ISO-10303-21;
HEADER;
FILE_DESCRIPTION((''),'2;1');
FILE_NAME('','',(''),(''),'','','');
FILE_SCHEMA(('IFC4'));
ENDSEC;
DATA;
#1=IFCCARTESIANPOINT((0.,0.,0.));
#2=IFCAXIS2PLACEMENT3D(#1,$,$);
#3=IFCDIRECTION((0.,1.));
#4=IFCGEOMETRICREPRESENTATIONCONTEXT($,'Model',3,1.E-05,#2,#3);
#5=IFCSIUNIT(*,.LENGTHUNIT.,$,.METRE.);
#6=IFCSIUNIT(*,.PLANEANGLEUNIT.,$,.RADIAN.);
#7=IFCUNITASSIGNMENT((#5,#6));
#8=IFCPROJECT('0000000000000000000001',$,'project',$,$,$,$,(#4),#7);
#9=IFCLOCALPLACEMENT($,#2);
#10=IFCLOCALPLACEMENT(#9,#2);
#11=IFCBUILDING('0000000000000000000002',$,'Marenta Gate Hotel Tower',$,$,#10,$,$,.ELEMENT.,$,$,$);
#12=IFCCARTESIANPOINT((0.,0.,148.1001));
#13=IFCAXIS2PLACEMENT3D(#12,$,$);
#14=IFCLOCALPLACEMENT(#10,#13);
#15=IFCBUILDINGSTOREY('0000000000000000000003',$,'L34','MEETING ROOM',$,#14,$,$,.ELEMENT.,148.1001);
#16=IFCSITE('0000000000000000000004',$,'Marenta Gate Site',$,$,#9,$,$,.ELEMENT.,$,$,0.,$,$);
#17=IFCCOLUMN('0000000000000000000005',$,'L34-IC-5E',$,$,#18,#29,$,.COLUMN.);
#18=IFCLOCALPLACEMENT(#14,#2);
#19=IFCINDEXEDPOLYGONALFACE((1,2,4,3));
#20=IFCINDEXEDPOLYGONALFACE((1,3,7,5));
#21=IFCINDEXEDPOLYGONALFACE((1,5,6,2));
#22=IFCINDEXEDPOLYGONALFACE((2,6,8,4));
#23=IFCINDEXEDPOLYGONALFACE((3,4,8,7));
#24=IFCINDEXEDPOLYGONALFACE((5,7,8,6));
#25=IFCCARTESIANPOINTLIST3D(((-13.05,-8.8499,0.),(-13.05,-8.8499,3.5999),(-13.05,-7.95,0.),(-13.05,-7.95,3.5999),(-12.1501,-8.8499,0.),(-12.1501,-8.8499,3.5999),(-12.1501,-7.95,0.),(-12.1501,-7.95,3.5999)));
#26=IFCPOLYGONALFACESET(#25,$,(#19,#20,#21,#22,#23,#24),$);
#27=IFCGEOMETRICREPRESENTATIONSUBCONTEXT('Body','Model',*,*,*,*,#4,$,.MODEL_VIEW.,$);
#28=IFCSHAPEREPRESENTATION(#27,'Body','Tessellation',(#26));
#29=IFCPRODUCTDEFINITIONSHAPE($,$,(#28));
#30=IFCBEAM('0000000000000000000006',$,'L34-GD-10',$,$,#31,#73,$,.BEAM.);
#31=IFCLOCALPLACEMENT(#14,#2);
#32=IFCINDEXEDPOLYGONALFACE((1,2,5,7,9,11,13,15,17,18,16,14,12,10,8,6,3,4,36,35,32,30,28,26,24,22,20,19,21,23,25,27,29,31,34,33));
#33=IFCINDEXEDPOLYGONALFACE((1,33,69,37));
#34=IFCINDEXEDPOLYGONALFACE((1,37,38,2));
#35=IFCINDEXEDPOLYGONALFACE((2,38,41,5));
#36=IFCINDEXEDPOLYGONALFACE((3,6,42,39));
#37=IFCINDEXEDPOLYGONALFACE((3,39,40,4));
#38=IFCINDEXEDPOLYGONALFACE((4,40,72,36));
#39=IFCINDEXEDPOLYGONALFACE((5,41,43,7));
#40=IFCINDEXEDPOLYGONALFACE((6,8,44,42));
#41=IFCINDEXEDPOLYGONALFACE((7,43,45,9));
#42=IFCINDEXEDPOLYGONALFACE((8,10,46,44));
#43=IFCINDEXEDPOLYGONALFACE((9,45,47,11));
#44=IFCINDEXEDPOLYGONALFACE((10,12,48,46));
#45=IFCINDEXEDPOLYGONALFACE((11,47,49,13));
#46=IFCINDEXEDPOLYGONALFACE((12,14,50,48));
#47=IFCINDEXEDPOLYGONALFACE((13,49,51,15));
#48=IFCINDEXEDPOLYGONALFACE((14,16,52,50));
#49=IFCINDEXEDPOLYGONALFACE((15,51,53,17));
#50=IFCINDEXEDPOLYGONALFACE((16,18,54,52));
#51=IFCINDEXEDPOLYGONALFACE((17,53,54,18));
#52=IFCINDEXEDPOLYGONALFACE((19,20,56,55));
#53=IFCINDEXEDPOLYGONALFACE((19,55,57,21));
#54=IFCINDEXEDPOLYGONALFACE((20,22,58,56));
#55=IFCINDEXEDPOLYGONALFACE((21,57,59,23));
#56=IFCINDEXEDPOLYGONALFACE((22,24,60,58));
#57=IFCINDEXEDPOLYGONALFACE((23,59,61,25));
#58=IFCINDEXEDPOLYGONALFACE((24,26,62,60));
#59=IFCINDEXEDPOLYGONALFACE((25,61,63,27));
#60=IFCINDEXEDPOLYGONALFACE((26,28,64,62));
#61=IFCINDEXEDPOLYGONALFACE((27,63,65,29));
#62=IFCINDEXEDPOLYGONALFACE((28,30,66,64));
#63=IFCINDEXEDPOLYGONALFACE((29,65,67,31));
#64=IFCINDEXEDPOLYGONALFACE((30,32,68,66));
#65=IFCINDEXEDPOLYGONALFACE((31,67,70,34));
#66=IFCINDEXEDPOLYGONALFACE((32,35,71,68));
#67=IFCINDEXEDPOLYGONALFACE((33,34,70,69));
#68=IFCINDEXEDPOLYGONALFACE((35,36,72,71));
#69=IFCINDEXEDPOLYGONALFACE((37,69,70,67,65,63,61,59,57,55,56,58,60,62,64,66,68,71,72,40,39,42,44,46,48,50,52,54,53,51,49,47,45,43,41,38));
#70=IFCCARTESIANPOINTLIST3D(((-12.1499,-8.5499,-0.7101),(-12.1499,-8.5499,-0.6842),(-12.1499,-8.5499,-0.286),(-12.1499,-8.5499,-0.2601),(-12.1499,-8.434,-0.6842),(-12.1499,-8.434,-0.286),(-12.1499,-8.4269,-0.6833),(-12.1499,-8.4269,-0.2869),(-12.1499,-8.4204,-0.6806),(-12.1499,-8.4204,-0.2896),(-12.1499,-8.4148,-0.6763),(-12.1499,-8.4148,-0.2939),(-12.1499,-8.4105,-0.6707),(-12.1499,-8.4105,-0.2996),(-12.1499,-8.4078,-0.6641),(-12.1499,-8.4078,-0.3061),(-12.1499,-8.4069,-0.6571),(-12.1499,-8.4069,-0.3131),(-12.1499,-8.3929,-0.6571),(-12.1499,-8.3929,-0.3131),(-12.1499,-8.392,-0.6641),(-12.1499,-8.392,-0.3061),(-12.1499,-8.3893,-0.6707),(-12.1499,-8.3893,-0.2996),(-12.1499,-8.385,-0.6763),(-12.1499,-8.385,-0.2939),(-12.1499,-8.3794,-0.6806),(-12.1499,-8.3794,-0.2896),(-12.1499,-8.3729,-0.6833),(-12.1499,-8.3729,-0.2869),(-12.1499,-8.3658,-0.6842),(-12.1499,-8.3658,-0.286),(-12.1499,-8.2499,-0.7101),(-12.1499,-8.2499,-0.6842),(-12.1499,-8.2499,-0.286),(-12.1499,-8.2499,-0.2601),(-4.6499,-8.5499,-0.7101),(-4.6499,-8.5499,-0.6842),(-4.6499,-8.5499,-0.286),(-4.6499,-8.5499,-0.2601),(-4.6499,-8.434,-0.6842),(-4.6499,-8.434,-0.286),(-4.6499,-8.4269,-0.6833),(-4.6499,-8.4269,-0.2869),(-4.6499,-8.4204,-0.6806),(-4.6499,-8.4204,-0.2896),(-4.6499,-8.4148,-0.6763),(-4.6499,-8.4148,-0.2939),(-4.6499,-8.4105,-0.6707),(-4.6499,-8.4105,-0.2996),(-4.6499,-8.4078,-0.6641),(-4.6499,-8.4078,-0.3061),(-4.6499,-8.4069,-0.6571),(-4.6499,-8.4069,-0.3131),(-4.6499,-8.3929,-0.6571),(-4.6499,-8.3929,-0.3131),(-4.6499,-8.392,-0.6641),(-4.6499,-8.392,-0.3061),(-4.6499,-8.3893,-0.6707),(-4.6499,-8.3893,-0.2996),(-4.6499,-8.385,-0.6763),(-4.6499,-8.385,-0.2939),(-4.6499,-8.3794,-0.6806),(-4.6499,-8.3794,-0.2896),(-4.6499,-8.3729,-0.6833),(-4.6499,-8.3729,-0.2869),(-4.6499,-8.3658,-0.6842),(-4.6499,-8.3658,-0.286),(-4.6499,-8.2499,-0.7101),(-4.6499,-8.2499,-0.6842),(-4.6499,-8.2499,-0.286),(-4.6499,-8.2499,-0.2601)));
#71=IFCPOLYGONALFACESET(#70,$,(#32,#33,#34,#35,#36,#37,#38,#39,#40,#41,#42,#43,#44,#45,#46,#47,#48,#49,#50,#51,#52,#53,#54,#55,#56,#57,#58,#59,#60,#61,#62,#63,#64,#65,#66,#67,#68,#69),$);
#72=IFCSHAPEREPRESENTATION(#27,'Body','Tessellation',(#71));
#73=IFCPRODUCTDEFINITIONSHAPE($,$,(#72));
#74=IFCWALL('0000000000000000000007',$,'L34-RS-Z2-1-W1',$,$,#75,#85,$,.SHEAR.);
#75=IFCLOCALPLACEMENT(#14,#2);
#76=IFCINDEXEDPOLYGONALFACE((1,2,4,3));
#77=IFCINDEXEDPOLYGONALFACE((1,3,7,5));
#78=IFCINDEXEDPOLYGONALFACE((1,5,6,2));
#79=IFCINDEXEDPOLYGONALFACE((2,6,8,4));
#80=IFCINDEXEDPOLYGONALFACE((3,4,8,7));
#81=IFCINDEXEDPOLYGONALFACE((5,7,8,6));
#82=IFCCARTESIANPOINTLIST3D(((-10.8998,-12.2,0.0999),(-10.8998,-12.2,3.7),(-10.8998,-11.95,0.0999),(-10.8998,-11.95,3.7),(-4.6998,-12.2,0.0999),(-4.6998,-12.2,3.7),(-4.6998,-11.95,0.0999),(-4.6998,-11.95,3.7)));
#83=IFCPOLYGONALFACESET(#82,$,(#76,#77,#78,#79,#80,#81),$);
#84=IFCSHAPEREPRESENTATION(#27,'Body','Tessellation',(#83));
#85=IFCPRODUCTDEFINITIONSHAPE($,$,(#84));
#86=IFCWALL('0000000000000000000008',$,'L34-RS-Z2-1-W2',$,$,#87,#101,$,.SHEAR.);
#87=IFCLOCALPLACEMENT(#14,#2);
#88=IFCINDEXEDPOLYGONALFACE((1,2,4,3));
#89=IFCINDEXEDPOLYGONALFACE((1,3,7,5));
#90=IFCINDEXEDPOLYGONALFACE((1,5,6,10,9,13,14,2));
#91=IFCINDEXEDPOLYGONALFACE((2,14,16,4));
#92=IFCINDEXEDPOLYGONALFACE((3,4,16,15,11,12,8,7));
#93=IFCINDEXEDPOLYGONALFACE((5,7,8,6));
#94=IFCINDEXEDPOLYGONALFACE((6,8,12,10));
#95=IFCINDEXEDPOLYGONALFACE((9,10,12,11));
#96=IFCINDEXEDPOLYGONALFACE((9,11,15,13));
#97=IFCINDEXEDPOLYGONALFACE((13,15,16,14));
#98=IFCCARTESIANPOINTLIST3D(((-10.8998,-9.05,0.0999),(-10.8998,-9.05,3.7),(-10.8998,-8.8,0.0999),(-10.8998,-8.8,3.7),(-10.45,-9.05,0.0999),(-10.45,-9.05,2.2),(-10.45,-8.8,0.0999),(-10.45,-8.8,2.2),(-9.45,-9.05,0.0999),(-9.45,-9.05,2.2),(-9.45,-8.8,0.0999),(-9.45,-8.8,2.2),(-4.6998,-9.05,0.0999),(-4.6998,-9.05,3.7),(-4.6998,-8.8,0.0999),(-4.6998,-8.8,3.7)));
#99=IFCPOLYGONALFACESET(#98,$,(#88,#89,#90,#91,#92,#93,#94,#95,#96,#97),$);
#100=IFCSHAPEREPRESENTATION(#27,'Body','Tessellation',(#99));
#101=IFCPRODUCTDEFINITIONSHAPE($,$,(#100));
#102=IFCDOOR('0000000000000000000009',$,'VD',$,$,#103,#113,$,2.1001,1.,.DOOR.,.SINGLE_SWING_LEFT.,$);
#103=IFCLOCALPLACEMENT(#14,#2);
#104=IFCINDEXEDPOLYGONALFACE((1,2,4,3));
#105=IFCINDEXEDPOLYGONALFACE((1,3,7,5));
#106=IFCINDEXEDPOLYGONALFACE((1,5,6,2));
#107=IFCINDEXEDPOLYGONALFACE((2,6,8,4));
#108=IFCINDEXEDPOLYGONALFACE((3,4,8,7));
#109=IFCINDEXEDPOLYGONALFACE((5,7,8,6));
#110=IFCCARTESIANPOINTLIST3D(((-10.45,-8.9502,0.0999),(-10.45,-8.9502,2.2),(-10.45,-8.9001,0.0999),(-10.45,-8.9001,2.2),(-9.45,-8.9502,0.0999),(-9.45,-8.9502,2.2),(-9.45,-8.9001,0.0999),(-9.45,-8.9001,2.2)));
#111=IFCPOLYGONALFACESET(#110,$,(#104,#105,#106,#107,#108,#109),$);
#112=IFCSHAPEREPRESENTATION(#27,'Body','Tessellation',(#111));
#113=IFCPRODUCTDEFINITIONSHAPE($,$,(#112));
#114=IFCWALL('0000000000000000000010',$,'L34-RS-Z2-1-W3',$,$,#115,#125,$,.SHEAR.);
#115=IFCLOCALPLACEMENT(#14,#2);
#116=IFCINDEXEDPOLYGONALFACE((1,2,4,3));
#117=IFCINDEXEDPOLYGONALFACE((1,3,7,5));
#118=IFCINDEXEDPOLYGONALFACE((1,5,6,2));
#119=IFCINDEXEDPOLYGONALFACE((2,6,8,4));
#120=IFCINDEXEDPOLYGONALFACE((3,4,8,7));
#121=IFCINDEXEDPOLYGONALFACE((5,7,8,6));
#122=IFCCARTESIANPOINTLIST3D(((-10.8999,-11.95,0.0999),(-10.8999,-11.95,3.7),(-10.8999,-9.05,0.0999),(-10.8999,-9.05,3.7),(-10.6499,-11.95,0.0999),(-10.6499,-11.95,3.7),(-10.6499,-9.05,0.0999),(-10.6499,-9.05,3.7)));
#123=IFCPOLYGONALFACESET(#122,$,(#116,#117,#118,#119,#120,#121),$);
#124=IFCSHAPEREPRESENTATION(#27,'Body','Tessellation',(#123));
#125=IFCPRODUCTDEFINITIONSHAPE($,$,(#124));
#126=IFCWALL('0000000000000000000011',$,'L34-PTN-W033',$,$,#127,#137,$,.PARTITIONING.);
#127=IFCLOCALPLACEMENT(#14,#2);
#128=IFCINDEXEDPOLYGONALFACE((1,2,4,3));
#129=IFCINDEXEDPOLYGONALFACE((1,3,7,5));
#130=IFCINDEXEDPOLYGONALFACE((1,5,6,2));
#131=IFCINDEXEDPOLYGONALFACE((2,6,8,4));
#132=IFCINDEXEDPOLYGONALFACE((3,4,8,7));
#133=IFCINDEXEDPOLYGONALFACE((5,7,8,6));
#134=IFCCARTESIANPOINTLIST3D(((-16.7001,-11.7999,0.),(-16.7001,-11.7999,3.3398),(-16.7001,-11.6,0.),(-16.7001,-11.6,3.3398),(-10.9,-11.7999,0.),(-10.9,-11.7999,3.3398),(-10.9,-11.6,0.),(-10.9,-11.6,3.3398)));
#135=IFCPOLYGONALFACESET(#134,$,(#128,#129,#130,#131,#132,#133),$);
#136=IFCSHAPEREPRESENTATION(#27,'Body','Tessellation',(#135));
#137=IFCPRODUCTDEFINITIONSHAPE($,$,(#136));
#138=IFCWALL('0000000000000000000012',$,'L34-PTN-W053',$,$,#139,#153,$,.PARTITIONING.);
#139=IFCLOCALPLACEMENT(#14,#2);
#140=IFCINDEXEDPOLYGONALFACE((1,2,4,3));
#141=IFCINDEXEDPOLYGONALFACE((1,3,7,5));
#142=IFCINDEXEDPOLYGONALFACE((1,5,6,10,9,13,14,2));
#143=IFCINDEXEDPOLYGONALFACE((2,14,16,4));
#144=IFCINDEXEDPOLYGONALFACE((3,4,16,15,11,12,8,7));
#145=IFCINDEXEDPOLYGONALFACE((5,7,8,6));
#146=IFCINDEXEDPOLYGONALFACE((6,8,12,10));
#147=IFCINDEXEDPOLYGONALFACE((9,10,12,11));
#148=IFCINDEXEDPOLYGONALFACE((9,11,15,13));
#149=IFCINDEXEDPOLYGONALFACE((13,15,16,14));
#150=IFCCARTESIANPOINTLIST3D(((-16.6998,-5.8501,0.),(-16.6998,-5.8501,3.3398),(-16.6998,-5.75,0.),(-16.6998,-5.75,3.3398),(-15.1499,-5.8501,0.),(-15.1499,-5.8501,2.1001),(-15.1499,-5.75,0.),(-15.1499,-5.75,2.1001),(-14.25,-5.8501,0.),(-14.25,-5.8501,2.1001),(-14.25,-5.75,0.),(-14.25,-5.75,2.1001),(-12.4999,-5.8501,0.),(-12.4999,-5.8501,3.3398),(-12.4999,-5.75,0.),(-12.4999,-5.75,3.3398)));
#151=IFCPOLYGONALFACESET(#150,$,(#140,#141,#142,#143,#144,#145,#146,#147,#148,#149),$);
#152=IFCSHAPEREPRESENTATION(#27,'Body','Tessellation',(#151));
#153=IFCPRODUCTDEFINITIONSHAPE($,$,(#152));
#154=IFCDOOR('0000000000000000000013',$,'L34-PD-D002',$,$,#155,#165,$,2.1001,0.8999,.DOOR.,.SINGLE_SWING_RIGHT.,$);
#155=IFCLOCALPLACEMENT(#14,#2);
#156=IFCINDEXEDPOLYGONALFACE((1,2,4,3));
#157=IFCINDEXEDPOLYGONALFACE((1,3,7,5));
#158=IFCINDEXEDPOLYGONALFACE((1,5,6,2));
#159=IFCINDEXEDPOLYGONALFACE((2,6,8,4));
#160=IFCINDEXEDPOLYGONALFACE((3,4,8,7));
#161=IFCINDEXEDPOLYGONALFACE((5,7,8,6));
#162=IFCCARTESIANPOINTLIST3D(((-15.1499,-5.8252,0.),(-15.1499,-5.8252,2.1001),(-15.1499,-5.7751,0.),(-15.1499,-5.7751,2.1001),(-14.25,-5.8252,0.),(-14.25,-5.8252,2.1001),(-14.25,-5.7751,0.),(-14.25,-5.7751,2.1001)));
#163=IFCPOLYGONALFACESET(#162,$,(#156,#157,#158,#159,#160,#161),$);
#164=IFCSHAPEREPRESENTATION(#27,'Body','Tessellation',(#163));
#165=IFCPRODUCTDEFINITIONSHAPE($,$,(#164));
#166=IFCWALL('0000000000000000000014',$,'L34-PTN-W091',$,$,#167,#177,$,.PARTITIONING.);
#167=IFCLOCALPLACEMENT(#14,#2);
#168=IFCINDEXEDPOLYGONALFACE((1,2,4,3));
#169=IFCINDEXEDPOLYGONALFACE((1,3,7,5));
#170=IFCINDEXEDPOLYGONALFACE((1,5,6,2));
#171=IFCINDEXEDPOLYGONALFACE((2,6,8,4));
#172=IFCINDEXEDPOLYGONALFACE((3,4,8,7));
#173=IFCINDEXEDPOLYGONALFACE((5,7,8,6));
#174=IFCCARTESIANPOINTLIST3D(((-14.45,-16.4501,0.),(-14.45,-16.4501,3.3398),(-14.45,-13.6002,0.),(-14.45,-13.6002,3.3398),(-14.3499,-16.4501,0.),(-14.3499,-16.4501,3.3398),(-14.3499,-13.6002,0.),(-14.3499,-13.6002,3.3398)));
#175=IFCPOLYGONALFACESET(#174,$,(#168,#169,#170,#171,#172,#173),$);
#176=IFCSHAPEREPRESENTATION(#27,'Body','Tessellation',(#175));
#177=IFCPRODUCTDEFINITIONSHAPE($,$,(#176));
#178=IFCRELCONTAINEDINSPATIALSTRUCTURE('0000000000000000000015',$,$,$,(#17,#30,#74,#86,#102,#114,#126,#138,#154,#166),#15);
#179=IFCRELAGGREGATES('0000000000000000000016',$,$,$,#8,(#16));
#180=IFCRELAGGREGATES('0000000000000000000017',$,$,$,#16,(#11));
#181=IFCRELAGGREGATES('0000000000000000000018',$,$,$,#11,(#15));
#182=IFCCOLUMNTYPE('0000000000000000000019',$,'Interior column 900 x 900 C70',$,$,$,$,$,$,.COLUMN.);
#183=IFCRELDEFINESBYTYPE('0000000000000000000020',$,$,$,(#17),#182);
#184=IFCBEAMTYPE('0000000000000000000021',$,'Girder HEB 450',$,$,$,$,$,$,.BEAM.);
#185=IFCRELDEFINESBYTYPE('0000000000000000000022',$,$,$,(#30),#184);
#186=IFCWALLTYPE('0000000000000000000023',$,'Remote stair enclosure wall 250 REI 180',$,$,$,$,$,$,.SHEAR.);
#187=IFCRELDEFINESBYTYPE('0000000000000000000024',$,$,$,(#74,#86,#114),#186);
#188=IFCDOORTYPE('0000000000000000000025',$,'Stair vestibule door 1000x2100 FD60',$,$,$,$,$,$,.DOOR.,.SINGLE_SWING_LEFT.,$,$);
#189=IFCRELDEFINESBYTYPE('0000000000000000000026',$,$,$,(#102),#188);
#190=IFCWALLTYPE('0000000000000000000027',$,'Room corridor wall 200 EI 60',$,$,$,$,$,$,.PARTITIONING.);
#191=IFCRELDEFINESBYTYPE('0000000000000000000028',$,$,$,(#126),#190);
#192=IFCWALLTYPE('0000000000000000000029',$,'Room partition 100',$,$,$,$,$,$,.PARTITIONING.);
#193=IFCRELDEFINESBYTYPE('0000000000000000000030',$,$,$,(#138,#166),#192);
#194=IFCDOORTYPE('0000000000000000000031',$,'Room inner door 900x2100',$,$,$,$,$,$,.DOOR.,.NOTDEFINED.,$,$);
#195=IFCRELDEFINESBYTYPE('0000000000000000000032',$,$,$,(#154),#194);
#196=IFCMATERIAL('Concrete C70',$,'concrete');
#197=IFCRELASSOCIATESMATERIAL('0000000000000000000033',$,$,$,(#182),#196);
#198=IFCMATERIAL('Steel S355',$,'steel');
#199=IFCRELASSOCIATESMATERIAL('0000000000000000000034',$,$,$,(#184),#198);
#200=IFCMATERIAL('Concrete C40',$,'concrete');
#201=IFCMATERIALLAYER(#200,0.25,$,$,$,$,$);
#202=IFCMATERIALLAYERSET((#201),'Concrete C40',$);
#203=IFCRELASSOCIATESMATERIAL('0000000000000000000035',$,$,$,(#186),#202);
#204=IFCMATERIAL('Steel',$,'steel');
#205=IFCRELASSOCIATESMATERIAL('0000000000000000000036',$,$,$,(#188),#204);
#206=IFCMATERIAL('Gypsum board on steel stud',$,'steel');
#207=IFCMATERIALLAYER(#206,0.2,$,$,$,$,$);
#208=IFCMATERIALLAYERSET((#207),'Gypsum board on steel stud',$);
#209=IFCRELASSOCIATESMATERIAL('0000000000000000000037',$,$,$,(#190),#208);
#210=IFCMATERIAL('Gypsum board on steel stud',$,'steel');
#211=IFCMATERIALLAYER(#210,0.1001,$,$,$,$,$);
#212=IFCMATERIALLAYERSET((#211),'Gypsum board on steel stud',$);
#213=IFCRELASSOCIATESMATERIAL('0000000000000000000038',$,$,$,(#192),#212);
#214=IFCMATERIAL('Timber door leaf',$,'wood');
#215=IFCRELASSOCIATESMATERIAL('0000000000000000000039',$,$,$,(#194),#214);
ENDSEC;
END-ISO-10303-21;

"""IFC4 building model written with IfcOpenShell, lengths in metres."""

from ifc_helpers import new_model, si_unit, direction, frame, frame_2d, origin, origin_2d, place, context, subcontext, project, spatial, rectangle, i_section, extrude, material, layer, layer_set, material_profile, profile_set, type_object, element, fill, save


model = new_model("IFC4")

# Units and contexts
model_context = context("Model", 3, precision=1e-05, world=origin(), true_north=direction((0.0, 1.0)))
body_context = subcontext(model_context, "Body", "Model", "MODEL_VIEW")
ifc_project = project(units=[si_unit("LENGTHUNIT", "METRE"), si_unit("PLANEANGLEUNIT", "RADIAN")], contexts=[model_context])

# Site, building, storey
site_placement = place(None, origin())
site = spatial("IfcSite", under=ifc_project, at=site_placement, Name="Marenta Gate Site", CompositionType="ELEMENT", RefElevation=0.0)
building_placement = place(site_placement, origin())
building = spatial("IfcBuilding", under=site, at=building_placement, Name="Marenta Gate Hotel Tower", CompositionType="ELEMENT")
storey_placement = place(building_placement, frame((0.0, 0.0, 148.1001)))
storey = spatial("IfcBuildingStorey", under=building, at=storey_placement, Name="L34", Description="MEETING ROOM", CompositionType="ELEMENT", Elevation=148.1001)

# Column
ifc_material_1 = material(Name="Concrete C70", Category="concrete")
ifc_material_profile_1 = material_profile(ifc_material_1, rectangle(XDim=0.8999, YDim=0.8999, at=origin_2d()), Name="900 x 900")
ifc_profile_set_1 = profile_set([ifc_material_profile_1], Name="Concrete C70")
column_type = type_object("IfcColumnType", Name="Interior column 900 x 900 C70", PredefinedType="COLUMN", material=ifc_profile_set_1)
column_placement = place(storey_placement, frame((-12.6001, -8.3999, 0.0), z_axis=(0.0, 0.0, 1.0), x_axis=(1.0, 0.0, 0.0)))
element("IfcColumn", 1, at=column_placement, inside=storey, type_object=column_type, Name="L34-IC-5E", PredefinedType="COLUMN", context=body_context, shape_type="SweptSolid", body=[
    extrude(rectangle(XDim=0.8999, YDim=0.8999, at=origin_2d()), origin(), (0.0, 0.0, 1.0), 3.5999),
])

# Beam
ifc_material_2 = material(Name="Steel S355", Category="steel")
ifc_material_profile_2 = material_profile(ifc_material_2, i_section(OverallWidth=0.3, OverallDepth=0.45, WebThickness=0.0139, FlangeThickness=0.0259, FilletRadius=0.0271, at=origin_2d()), Name="HEB 450")
ifc_profile_set_2 = profile_set([ifc_material_profile_2], Name="Steel S355")
beam_type = type_object("IfcBeamType", Name="Girder HEB 450", PredefinedType="BEAM", material=ifc_profile_set_2)
beam_placement = place(storey_placement, frame((-12.1499, -8.3999, -0.4851), z_axis=(1.0, 0.0, 0.0), x_axis=(0.0, 1.0, 0.0)))
element("IfcBeam", 2, at=beam_placement, inside=storey, type_object=beam_type, Name="L34-GD-10", PredefinedType="BEAM", context=body_context, shape_type="SweptSolid", body=[
    extrude(i_section(OverallWidth=0.3, OverallDepth=0.45, WebThickness=0.0139, FlangeThickness=0.0259, FilletRadius=0.0271, at=origin_2d()), origin(), (0.0, 0.0, 1.0), 7.5),
])

# Wall
ifc_material_3 = material(Name="Concrete C40", Category="concrete")
ifc_layer_1 = layer(ifc_material_3, 0.25)
ifc_layer_set_1 = layer_set([ifc_layer_1], Name="Concrete C40")
wall_type_1 = type_object("IfcWallType", Name="Remote stair enclosure wall 250 REI 180", PredefinedType="SHEAR", material=ifc_layer_set_1)
wall_1_placement = place(storey_placement, frame((-10.8999, -12.075, 0.0999), z_axis=(0.0, 0.0, 1.0), x_axis=(1.0, 0.0, 0.0)))
element("IfcWall", 3, at=wall_1_placement, inside=storey, type_object=wall_type_1, Name="L34-RS-Z2-1-W1", PredefinedType="SHEAR", context=body_context, shape_type="SweptSolid", body=[
    extrude(rectangle(XDim=6.2, YDim=0.25, at=frame_2d((3.1001, 0.0))), origin(), (0.0, 0.0, 1.0), 3.6001),
])

# Wall, opening, door
wall_2_placement = place(storey_placement, frame((-10.8999, -8.925, 0.0999), z_axis=(0.0, 0.0, 1.0), x_axis=(1.0, 0.0, 0.0)))
wall_2 = element("IfcWall", 4, at=wall_2_placement, inside=storey, type_object=wall_type_1, Name="L34-RS-Z2-1-W2", PredefinedType="SHEAR", context=body_context, shape_type="SweptSolid", body=[
    extrude(rectangle(XDim=6.2, YDim=0.25, at=frame_2d((3.1001, 0.0))), origin(), (0.0, 0.0, 1.0), 3.6001),
])
opening_1_placement = place(wall_2_placement, frame((0.45, 0.0, 0.0)))
opening_1 = element("IfcOpeningElement", 5, at=opening_1_placement, cuts=wall_2, PredefinedType="OPENING", context=body_context, shape_type="SweptSolid", body=[
    extrude(rectangle(XDim=1.0, YDim=2.1001, at=frame_2d((0.5, 1.05))), frame((0.0, 0.125, 0.0), z_axis=(0.0, -1.0, 0.0), x_axis=(1.0, 0.0, 0.0)), (0.0, 0.0, 1.0), 0.25),
])
ifc_material_4 = material(Name="Steel", Category="steel")
door_type_1 = type_object("IfcDoorType", Name="Stair vestibule door 1000x2100 FD60", OperationType="SINGLE_SWING_LEFT", PredefinedType="DOOR", material=ifc_material_4)
door_1_placement = place(opening_1_placement, origin())
door_1 = element("IfcDoor", 6, at=door_1_placement, inside=storey, type_object=door_type_1, Name="VD", OperationType="SINGLE_SWING_LEFT", OverallHeight=2.1001, OverallWidth=1.0, PredefinedType="DOOR", context=body_context, shape_type="SweptSolid", body=[
    extrude(rectangle(XDim=1.0, YDim=2.1001, at=frame_2d((0.5, 1.05))), frame((0.0, 0.0249, 0.0), z_axis=(0.0, -1.0, 0.0), x_axis=(1.0, 0.0, 0.0)), (0.0, 0.0, 1.0), 0.05),
])
fill(opening_1, door_1)

# Wall
wall_3_placement = place(storey_placement, frame((-10.7749, -11.95, 0.0999), z_axis=(0.0, 0.0, 1.0), x_axis=(0.0, 1.0, 0.0)))
element("IfcWall", 7, at=wall_3_placement, inside=storey, type_object=wall_type_1, Name="L34-RS-Z2-1-W3", PredefinedType="SHEAR", context=body_context, shape_type="SweptSolid", body=[
    extrude(rectangle(XDim=2.8999, YDim=0.25, at=frame_2d((1.45, 0.0))), origin(), (0.0, 0.0, 1.0), 3.6001),
])

# Shared definitions
ifc_material_5 = material(Name="Gypsum board on steel stud", Category="steel")
ifc_layer_2 = layer(ifc_material_5, 0.2)
ifc_layer_set_2 = layer_set([ifc_layer_2], Name="Gypsum board on steel stud")
wall_type_2 = type_object("IfcWallType", Name="Room corridor wall 200 EI 60", PredefinedType="PARTITIONING", material=ifc_layer_set_2)

# Wall
wall_4_placement = place(storey_placement, frame((-16.7, -11.7, 0.0), z_axis=(0.0, 0.0, 1.0), x_axis=(1.0, 0.0, 0.0)))
element("IfcWall", 8, at=wall_4_placement, inside=storey, type_object=wall_type_2, Name="L34-PTN-W033", PredefinedType="PARTITIONING", context=body_context, shape_type="SweptSolid", body=[
    extrude(rectangle(XDim=5.8, YDim=0.2, at=frame_2d((2.8999, 0.0))), origin(), (0.0, 0.0, 1.0), 3.3398),
])

# Wall, opening, door
ifc_material_6 = material(Name="Gypsum board on steel stud", Category="steel")
ifc_layer_3 = layer(ifc_material_6, 0.1001)
ifc_layer_set_3 = layer_set([ifc_layer_3], Name="Gypsum board on steel stud")
wall_type_3 = type_object("IfcWallType", Name="Room partition 100", PredefinedType="PARTITIONING", material=ifc_layer_set_3)
wall_5_placement = place(storey_placement, frame((-16.7, -5.8, 0.0), z_axis=(0.0, 0.0, 1.0), x_axis=(1.0, 0.0, 0.0)))
wall_5 = element("IfcWall", 9, at=wall_5_placement, inside=storey, type_object=wall_type_3, Name="L34-PTN-W053", PredefinedType="PARTITIONING", context=body_context, shape_type="SweptSolid", body=[
    extrude(rectangle(XDim=4.2, YDim=0.1001, at=frame_2d((2.1001, 0.0))), origin(), (0.0, 0.0, 1.0), 3.3398),
])
opening_2_placement = place(wall_5_placement, frame((1.55, 0.0, 0.0)))
opening_2 = element("IfcOpeningElement", 10, at=opening_2_placement, cuts=wall_5, PredefinedType="OPENING", context=body_context, shape_type="SweptSolid", body=[
    extrude(rectangle(XDim=0.8999, YDim=2.1001, at=frame_2d((0.45, 1.05))), frame((0.0, 0.05, 0.0), z_axis=(0.0, -1.0, 0.0), x_axis=(1.0, 0.0, 0.0)), (0.0, 0.0, 1.0), 0.1001),
])
ifc_material_7 = material(Name="Timber door leaf", Category="wood")
door_type_2 = type_object("IfcDoorType", Name="Room inner door 900x2100", OperationType="NOTDEFINED", PredefinedType="DOOR", material=ifc_material_7)
door_2_placement = place(opening_2_placement, origin())
door_2 = element("IfcDoor", 11, at=door_2_placement, inside=storey, type_object=door_type_2, Name="L34-PD-D002", OperationType="SINGLE_SWING_RIGHT", OverallHeight=2.1001, OverallWidth=0.8999, PredefinedType="DOOR", context=body_context, shape_type="SweptSolid", body=[
    extrude(rectangle(XDim=0.8999, YDim=2.1001, at=frame_2d((0.45, 1.05))), frame((0.0, 0.0249, 0.0), z_axis=(0.0, -1.0, 0.0), x_axis=(1.0, 0.0, 0.0)), (0.0, 0.0, 1.0), 0.05),
])
fill(opening_2, door_2)

# Wall
wall_6_placement = place(storey_placement, frame((-14.3999, -16.45, 0.0), z_axis=(0.0, 0.0, 1.0), x_axis=(0.0, 1.0, 0.0)))
element("IfcWall", 12, at=wall_6_placement, inside=storey, type_object=wall_type_3, Name="L34-PTN-W091", PredefinedType="PARTITIONING", context=body_context, shape_type="SweptSolid", body=[
    extrude(rectangle(XDim=2.8499, YDim=0.1001, at=frame_2d((1.4248, 0.0))), origin(), (0.0, 0.0, 1.0), 3.3398),
])

save(model, "model.ifc")
